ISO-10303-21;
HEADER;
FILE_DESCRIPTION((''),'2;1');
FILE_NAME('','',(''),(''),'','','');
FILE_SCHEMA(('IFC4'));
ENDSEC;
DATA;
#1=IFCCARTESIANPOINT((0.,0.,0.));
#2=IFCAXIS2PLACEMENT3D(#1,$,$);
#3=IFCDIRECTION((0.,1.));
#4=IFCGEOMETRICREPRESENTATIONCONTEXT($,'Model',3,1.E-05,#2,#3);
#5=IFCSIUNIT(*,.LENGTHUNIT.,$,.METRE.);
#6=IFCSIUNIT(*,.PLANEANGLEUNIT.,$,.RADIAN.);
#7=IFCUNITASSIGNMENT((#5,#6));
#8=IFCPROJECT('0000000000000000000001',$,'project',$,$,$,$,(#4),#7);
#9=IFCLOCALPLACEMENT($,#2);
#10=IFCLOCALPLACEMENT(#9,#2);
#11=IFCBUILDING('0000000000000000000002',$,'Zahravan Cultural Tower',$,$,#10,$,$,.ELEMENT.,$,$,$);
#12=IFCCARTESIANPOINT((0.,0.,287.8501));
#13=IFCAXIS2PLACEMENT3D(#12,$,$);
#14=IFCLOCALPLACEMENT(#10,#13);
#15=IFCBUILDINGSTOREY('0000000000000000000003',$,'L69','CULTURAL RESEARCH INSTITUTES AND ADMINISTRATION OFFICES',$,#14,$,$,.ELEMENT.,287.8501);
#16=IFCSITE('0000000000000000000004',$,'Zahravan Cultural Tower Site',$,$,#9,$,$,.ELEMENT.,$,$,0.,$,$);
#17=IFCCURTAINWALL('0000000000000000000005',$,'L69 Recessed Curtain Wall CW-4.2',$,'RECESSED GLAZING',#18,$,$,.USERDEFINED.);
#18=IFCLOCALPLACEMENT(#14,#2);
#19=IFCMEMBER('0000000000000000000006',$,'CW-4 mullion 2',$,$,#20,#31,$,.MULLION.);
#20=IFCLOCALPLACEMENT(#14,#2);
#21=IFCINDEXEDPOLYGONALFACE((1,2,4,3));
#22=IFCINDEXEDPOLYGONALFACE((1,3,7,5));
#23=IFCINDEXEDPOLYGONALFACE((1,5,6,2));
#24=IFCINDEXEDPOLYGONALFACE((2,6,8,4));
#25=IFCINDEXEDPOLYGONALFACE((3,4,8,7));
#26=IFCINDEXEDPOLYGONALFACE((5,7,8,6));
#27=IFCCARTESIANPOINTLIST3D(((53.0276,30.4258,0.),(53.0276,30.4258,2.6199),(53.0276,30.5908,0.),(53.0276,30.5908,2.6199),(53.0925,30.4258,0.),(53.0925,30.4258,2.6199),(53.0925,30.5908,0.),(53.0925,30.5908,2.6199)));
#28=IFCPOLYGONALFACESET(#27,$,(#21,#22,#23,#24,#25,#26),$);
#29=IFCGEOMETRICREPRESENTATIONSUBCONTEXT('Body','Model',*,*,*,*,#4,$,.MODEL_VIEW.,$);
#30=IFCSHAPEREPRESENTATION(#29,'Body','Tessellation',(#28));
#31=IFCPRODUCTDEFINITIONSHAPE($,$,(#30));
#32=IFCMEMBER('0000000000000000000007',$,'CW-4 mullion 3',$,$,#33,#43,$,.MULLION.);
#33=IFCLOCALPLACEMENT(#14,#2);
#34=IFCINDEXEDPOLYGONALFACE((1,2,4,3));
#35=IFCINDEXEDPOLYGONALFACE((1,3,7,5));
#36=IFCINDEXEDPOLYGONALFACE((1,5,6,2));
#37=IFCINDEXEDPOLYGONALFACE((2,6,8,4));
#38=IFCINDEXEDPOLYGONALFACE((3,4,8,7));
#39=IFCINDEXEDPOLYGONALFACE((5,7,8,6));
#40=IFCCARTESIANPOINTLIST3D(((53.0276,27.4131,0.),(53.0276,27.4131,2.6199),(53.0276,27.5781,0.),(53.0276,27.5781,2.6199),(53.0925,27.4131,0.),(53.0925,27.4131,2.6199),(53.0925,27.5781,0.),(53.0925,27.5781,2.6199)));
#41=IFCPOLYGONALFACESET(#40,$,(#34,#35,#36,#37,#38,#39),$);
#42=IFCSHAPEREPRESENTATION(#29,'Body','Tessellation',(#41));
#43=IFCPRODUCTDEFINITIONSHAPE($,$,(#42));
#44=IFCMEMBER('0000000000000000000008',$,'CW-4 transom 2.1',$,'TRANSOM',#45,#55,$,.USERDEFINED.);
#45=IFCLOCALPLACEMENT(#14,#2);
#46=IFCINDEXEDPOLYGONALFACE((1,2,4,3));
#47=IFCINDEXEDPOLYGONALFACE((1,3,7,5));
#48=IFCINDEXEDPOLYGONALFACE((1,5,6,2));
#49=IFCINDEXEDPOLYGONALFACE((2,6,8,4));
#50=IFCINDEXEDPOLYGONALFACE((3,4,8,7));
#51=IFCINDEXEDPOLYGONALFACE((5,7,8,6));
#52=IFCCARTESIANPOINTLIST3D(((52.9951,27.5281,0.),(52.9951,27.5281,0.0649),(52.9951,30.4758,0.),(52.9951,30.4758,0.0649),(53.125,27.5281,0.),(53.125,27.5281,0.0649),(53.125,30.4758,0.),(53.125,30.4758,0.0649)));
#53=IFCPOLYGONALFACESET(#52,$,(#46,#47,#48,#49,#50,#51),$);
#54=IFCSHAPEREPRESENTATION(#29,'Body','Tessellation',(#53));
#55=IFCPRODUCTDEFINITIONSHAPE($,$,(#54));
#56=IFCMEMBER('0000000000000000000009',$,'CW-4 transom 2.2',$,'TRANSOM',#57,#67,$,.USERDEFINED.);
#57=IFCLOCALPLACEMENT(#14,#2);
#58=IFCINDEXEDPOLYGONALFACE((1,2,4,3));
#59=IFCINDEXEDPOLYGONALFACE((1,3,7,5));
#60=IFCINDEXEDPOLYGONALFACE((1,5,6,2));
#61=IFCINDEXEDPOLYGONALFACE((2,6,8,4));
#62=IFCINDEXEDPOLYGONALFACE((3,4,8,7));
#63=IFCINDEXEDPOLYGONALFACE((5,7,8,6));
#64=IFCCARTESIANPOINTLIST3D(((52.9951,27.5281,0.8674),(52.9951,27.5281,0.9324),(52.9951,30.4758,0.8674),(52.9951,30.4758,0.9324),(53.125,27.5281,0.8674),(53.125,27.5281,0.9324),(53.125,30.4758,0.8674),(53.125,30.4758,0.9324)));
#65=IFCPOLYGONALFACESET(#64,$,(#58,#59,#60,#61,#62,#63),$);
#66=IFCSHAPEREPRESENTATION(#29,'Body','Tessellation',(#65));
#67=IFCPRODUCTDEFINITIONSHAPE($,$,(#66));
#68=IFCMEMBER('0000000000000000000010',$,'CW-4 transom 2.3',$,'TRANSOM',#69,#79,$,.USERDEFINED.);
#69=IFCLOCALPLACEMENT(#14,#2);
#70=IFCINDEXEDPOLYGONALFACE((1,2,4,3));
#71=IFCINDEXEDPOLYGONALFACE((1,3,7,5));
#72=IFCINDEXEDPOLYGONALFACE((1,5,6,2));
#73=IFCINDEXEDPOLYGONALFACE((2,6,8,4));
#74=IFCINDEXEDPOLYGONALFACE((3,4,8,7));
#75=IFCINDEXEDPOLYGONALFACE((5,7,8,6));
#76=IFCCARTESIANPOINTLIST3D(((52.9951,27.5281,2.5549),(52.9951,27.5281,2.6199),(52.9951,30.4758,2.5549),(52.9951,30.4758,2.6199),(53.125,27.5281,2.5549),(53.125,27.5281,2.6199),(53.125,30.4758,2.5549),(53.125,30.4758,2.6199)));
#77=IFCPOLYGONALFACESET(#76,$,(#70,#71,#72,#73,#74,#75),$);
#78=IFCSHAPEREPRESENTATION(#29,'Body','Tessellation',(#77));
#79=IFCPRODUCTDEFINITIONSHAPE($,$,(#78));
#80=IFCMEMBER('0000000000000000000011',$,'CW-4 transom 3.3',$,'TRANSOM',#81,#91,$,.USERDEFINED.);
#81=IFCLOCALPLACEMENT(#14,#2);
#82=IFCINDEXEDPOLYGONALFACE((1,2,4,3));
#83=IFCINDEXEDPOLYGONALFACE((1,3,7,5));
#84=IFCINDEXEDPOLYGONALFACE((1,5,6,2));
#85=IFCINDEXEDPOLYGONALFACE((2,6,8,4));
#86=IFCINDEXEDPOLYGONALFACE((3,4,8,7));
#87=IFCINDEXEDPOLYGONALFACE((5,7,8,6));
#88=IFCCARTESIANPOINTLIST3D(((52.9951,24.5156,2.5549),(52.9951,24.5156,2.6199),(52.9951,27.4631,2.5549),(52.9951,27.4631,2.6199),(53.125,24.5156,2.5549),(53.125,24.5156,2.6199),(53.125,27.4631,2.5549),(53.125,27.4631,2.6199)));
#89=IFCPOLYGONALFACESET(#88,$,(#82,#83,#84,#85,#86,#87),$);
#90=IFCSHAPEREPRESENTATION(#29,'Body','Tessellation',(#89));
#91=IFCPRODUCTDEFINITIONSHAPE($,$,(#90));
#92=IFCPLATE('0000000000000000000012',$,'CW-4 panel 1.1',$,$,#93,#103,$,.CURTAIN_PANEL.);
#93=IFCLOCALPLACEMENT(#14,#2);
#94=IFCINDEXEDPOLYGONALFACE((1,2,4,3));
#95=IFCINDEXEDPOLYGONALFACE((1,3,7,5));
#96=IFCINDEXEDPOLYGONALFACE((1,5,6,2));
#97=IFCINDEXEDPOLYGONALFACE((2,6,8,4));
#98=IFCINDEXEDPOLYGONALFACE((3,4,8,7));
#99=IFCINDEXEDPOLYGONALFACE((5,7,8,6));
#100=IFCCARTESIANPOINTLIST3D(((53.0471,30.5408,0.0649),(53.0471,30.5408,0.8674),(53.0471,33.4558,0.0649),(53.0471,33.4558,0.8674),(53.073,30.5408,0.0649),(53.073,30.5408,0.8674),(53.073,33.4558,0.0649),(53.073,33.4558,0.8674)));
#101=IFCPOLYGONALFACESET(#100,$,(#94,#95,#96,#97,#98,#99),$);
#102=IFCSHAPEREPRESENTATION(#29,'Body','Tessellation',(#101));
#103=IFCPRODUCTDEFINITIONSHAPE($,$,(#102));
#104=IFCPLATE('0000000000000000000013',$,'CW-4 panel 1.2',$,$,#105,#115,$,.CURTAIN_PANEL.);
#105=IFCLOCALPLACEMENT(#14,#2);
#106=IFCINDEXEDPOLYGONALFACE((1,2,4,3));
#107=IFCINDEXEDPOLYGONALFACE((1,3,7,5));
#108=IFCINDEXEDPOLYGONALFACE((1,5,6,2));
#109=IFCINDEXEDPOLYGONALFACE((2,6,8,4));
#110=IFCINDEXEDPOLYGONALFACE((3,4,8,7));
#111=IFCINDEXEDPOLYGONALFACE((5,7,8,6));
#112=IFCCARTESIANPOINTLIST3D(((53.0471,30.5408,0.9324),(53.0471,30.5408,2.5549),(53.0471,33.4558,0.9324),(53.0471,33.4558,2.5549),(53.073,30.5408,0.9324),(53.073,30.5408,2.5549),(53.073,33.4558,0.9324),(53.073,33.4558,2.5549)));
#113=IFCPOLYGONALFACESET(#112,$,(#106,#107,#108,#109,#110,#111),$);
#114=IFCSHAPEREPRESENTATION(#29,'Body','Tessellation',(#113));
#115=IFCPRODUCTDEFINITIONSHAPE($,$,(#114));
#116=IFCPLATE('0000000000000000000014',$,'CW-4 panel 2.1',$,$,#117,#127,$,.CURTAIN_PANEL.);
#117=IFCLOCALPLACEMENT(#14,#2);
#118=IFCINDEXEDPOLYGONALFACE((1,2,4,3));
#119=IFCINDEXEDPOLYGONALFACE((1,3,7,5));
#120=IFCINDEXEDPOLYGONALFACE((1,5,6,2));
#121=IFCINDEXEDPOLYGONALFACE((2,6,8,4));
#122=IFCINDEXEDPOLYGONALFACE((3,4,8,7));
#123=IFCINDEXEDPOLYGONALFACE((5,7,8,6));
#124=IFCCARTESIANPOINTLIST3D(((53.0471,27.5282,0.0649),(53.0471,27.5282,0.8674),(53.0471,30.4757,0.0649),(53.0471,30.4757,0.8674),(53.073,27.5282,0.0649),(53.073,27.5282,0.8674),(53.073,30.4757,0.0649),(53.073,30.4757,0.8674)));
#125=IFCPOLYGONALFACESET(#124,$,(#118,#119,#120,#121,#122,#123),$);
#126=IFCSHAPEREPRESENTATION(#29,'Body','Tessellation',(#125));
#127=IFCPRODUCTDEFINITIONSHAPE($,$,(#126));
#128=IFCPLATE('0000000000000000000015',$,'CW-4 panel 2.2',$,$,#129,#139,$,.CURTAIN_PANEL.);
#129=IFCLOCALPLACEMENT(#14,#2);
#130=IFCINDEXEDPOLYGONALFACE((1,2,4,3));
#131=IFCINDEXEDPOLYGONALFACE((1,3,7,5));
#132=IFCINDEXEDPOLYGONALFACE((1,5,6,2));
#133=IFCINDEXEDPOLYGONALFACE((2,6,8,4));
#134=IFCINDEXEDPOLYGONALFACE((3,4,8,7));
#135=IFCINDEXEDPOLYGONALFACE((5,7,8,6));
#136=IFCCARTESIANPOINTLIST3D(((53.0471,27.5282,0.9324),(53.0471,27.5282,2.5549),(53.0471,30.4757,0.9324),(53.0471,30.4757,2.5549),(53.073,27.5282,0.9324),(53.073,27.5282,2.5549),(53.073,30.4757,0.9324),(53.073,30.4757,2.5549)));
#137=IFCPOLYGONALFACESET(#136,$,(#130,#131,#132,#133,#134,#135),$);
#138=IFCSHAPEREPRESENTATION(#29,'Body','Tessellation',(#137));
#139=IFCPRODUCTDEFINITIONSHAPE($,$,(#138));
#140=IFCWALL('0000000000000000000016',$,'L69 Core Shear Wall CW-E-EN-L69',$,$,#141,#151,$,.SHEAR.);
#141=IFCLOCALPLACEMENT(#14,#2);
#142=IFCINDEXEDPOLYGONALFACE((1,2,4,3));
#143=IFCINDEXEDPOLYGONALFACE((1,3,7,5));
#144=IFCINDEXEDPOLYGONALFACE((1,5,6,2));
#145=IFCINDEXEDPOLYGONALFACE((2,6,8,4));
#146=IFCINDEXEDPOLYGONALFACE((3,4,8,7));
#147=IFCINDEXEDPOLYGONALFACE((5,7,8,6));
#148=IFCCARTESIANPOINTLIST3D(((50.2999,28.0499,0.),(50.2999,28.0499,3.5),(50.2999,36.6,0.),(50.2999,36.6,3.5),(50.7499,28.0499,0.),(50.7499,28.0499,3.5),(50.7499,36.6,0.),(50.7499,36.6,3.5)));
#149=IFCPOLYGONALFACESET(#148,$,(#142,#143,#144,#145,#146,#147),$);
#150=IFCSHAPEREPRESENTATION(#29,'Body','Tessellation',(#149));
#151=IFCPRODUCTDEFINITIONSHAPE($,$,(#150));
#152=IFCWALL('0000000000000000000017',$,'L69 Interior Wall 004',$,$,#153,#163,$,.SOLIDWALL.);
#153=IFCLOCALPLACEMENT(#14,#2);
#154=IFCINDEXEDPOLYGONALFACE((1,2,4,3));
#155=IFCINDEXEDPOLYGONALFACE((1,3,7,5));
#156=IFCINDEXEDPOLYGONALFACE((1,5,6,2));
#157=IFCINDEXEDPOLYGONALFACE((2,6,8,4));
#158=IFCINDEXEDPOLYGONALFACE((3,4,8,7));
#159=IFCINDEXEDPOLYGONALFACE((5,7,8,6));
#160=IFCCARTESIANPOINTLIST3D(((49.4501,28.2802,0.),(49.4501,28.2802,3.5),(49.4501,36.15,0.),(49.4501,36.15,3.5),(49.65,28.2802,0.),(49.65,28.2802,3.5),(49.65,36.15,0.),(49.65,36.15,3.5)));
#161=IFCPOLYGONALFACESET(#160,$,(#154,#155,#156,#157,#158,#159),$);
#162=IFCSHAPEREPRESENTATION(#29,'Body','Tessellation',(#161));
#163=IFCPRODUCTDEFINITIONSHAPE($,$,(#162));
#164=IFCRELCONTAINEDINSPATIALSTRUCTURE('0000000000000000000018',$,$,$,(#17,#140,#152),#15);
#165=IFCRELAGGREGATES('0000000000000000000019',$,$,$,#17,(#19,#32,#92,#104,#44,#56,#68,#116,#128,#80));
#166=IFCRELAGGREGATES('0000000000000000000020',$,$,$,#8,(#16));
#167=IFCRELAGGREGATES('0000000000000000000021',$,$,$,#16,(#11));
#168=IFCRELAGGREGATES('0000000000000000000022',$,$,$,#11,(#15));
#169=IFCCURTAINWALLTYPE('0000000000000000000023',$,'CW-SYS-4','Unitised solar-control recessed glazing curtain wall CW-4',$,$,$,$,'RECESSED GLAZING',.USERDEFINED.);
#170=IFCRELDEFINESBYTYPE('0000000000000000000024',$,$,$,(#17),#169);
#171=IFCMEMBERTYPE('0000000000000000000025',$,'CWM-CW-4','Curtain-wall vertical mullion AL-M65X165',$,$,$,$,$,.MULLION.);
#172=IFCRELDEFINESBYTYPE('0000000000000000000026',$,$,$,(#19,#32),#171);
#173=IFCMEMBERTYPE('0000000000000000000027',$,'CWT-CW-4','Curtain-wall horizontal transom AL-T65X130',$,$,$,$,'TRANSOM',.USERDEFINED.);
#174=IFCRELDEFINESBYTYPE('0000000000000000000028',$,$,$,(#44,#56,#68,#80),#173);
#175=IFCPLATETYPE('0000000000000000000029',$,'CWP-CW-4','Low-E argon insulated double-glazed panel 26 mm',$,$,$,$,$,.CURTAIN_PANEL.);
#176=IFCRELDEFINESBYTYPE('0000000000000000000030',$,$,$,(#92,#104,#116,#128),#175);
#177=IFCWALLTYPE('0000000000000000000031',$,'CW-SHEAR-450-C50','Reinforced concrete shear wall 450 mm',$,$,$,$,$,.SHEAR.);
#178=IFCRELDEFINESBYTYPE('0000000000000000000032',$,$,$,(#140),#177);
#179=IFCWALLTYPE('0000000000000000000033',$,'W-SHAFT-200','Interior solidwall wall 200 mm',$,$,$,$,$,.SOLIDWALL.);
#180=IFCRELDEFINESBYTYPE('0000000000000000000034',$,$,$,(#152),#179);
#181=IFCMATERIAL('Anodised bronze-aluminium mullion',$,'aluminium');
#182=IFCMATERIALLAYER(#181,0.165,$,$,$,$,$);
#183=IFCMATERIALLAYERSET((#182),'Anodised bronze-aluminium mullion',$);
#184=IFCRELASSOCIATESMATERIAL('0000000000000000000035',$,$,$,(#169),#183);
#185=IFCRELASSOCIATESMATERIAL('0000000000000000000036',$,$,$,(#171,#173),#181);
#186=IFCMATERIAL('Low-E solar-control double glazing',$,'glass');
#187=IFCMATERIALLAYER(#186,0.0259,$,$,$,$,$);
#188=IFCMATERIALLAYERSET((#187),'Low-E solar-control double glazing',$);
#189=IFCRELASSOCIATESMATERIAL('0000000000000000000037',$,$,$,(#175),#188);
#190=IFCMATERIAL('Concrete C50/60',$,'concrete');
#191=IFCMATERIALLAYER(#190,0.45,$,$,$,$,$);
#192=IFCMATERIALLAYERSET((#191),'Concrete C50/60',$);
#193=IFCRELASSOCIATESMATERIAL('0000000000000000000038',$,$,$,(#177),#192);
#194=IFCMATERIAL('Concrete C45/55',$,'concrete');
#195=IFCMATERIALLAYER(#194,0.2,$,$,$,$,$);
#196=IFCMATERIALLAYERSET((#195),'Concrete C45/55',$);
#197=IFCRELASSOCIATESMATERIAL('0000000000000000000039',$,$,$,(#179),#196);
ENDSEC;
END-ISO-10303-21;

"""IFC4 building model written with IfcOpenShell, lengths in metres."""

from ifc_helpers import new_model, si_unit, direction, frame, frame_2d, origin, origin_2d, place, context, subcontext, project, spatial, rectangle, extrude, source, transform, mapped, material, layer, layer_set, material_profile, profile_set, type_object, element, aggregate, save


model = new_model("IFC4")

# Units and contexts
model_context = context("Model", 3, precision=1e-05, world=origin(), true_north=direction((0.0, 1.0)))
body_context = subcontext(model_context, "Body", "Model", "MODEL_VIEW")
ifc_project = project(units=[si_unit("LENGTHUNIT", "METRE"), si_unit("PLANEANGLEUNIT", "RADIAN")], contexts=[model_context])

# Site, building, storey
site_placement = place(None, origin())
site = spatial("IfcSite", under=ifc_project, at=site_placement, Name="Zahravan Cultural Tower Site", CompositionType="ELEMENT", RefElevation=0.0)
building_placement = place(site_placement, origin())
building = spatial("IfcBuilding", under=site, at=building_placement, Name="Zahravan Cultural Tower", CompositionType="ELEMENT")
storey_placement = place(building_placement, frame((0.0, 0.0, 287.8501)))
storey = spatial("IfcBuildingStorey", under=building, at=storey_placement, Name="L69", Description="CULTURAL RESEARCH INSTITUTES AND ADMINISTRATION OFFICES", CompositionType="ELEMENT", Elevation=287.8501)

# Curtain wall, members, plates
ifc_material_1 = material(Name="Anodised bronze-aluminium mullion", Category="aluminium")
ifc_layer_1 = layer(ifc_material_1, 0.165)
ifc_layer_set_1 = layer_set([ifc_layer_1], Name="Anodised bronze-aluminium mullion")
curtain_wall_type = type_object("IfcCurtainWallType", Name="CW-SYS-4", Description="Unitised solar-control recessed glazing curtain wall CW-4", ElementType="RECESSED GLAZING", PredefinedType="USERDEFINED", material=ifc_layer_set_1)
curtain_wall_placement = place(storey_placement, origin())
curtain_wall = element("IfcCurtainWall", 1, at=curtain_wall_placement, inside=storey, type_object=curtain_wall_type, Name="L69 Recessed Curtain Wall CW-4.2", ObjectType="RECESSED GLAZING", PredefinedType="USERDEFINED")
ifc_material_profile_1 = material_profile(ifc_material_1, rectangle(XDim=0.0649, YDim=0.165, at=origin_2d()), Name="AL-M65X165")
ifc_profile_set_1 = profile_set([ifc_material_profile_1], Name="Anodised bronze-aluminium mullion")
member_type_1 = type_object("IfcMemberType", Name="CWM-CW-4", Description="Curtain-wall vertical mullion AL-M65X165", PredefinedType="MULLION", material=ifc_profile_set_1)
shared_shape_1 = source(origin(), body_context, "Body", "SweptSolid", [
    extrude(rectangle(XDim=0.0649, YDim=0.165, at=origin_2d()), origin(), (0.0, 0.0, 1.0), 2.6199),
])
member_1_placement = place(storey_placement, frame((53.0601, 30.5083, 0.0), z_axis=(0.0, 0.0, 1.0), x_axis=(1.0, 0.0, 0.0)))
member_1 = element("IfcMember", 2, at=member_1_placement, type_object=member_type_1, Name="CW-4 mullion 2", PredefinedType="MULLION", context=body_context, shape_type="MappedRepresentation", body=[
    mapped(shared_shape_1, transform((0.0, 0.0, 0.0), x_axis=(1.0, 0.0, 0.0), y_axis=(0.0, 1.0, 0.0), z_axis=(0.0, 0.0, 1.0), scale=1.0)),
])
member_2_placement = place(storey_placement, frame((53.0601, 27.4956, 0.0), z_axis=(0.0, 0.0, 1.0), x_axis=(1.0, 0.0, 0.0)))
member_2 = element("IfcMember", 3, at=member_2_placement, type_object=member_type_1, Name="CW-4 mullion 3", PredefinedType="MULLION", context=body_context, shape_type="MappedRepresentation", body=[
    mapped(shared_shape_1, transform((0.0, 0.0, 0.0), x_axis=(1.0, 0.0, 0.0), y_axis=(0.0, 1.0, 0.0), z_axis=(0.0, 0.0, 1.0), scale=1.0)),
])
ifc_material_profile_2 = material_profile(ifc_material_1, rectangle(XDim=0.1299, YDim=0.0649, at=origin_2d()), Name="AL-T65X130")
ifc_profile_set_2 = profile_set([ifc_material_profile_2], Name="Anodised bronze-aluminium mullion")
member_type_2 = type_object("IfcMemberType", Name="CWT-CW-4", Description="Curtain-wall horizontal transom AL-T65X130", ElementType="TRANSOM", PredefinedType="USERDEFINED", material=ifc_profile_set_2)
shared_shape_2 = source(origin(), body_context, "Body", "SweptSolid", [
    extrude(rectangle(XDim=0.1299, YDim=0.0649, at=origin_2d()), origin(), (0.0, 0.0, 1.0), 2.9478),
])
member_3_placement = place(storey_placement, frame((53.0601, 30.4758, 0.0325), z_axis=(0.0, -1.0, 0.0), x_axis=(1.0, 0.0, 0.0)))
member_3 = element("IfcMember", 4, at=member_3_placement, type_object=member_type_2, Name="CW-4 transom 2.1", ObjectType="TRANSOM", PredefinedType="USERDEFINED", context=body_context, shape_type="MappedRepresentation", body=[
    mapped(shared_shape_2, transform((0.0, 0.0, 0.0), x_axis=(1.0, 0.0, 0.0), y_axis=(0.0, 1.0, 0.0), z_axis=(0.0, 0.0, 1.0), scale=1.0)),
])
member_4_placement = place(storey_placement, frame((53.0601, 30.4758, 0.8999), z_axis=(0.0, -1.0, 0.0), x_axis=(1.0, 0.0, 0.0)))
member_4 = element("IfcMember", 5, at=member_4_placement, type_object=member_type_2, Name="CW-4 transom 2.2", ObjectType="TRANSOM", PredefinedType="USERDEFINED", context=body_context, shape_type="MappedRepresentation", body=[
    mapped(shared_shape_2, transform((0.0, 0.0, 0.0), x_axis=(1.0, 0.0, 0.0), y_axis=(0.0, 1.0, 0.0), z_axis=(0.0, 0.0, 1.0), scale=1.0)),
])
member_5_placement = place(storey_placement, frame((53.0601, 30.4758, 2.5874), z_axis=(0.0, -1.0, 0.0), x_axis=(1.0, 0.0, 0.0)))
member_5 = element("IfcMember", 6, at=member_5_placement, type_object=member_type_2, Name="CW-4 transom 2.3", ObjectType="TRANSOM", PredefinedType="USERDEFINED", context=body_context, shape_type="MappedRepresentation", body=[
    mapped(shared_shape_2, transform((0.0, 0.0, 0.0), x_axis=(1.0, 0.0, 0.0), y_axis=(0.0, 1.0, 0.0), z_axis=(0.0, 0.0, 1.0), scale=1.0)),
])
shared_shape_3 = source(origin(), body_context, "Body", "SweptSolid", [
    extrude(rectangle(XDim=0.1299, YDim=0.0649, at=origin_2d()), origin(), (0.0, 0.0, 1.0), 2.9475),
])
member_6_placement = place(storey_placement, frame((53.0601, 27.4631, 2.5874), z_axis=(0.0, -1.0, 0.0), x_axis=(1.0, 0.0, 0.0)))
member_6 = element("IfcMember", 7, at=member_6_placement, type_object=member_type_2, Name="CW-4 transom 3.3", ObjectType="TRANSOM", PredefinedType="USERDEFINED", context=body_context, shape_type="MappedRepresentation", body=[
    mapped(shared_shape_3, transform((0.0, 0.0, 0.0), x_axis=(1.0, 0.0, 0.0), y_axis=(0.0, 1.0, 0.0), z_axis=(0.0, 0.0, 1.0), scale=1.0)),
])
ifc_material_2 = material(Name="Low-E solar-control double glazing", Category="glass")
ifc_layer_2 = layer(ifc_material_2, 0.0259)
ifc_layer_set_2 = layer_set([ifc_layer_2], Name="Low-E solar-control double glazing")
plate_type = type_object("IfcPlateType", Name="CWP-CW-4", Description="Low-E argon insulated double-glazed panel 26 mm", PredefinedType="CURTAIN_PANEL", material=ifc_layer_set_2)
shared_shape_4 = source(origin(), body_context, "Body", "SweptSolid", [
    extrude(rectangle(XDim=2.915, YDim=0.0259, at=origin_2d()), origin(), (0.0, 0.0, 1.0), 0.8025),
])
plate_1_placement = place(storey_placement, frame((53.0601, 31.9983, 0.0649), z_axis=(0.0, 0.0, 1.0), x_axis=(0.0, -1.0, 0.0)))
plate_1 = element("IfcPlate", 8, at=plate_1_placement, type_object=plate_type, Name="CW-4 panel 1.1", PredefinedType="CURTAIN_PANEL", context=body_context, shape_type="MappedRepresentation", body=[
    mapped(shared_shape_4, transform((0.0, 0.0, 0.0), x_axis=(1.0, 0.0, 0.0), y_axis=(0.0, 1.0, 0.0), z_axis=(0.0, 0.0, 1.0), scale=1.0)),
])
shared_shape_5 = source(origin(), body_context, "Body", "SweptSolid", [
    extrude(rectangle(XDim=2.915, YDim=0.0259, at=origin_2d()), origin(), (0.0, 0.0, 1.0), 1.6226),
])
plate_2_placement = place(storey_placement, frame((53.0601, 31.9983, 0.9324), z_axis=(0.0, 0.0, 1.0), x_axis=(0.0, -1.0, 0.0)))
plate_2 = element("IfcPlate", 9, at=plate_2_placement, type_object=plate_type, Name="CW-4 panel 1.2", PredefinedType="CURTAIN_PANEL", context=body_context, shape_type="MappedRepresentation", body=[
    mapped(shared_shape_5, transform((0.0, 0.0, 0.0), x_axis=(1.0, 0.0, 0.0), y_axis=(0.0, 1.0, 0.0), z_axis=(0.0, 0.0, 1.0), scale=1.0)),
])
shared_shape_6 = source(origin(), body_context, "Body", "SweptSolid", [
    extrude(rectangle(XDim=2.9475, YDim=0.0259, at=origin_2d()), origin(), (0.0, 0.0, 1.0), 0.8025),
])
plate_3_placement = place(storey_placement, frame((53.0601, 29.002, 0.0649), z_axis=(0.0, 0.0, 1.0), x_axis=(0.0, -1.0, 0.0)))
plate_3 = element("IfcPlate", 10, at=plate_3_placement, type_object=plate_type, Name="CW-4 panel 2.1", PredefinedType="CURTAIN_PANEL", context=body_context, shape_type="MappedRepresentation", body=[
    mapped(shared_shape_6, transform((0.0, 0.0, 0.0), x_axis=(1.0, 0.0, 0.0), y_axis=(0.0, 1.0, 0.0), z_axis=(0.0, 0.0, 1.0), scale=1.0)),
])
shared_shape_7 = source(origin(), body_context, "Body", "SweptSolid", [
    extrude(rectangle(XDim=2.9475, YDim=0.0259, at=origin_2d()), origin(), (0.0, 0.0, 1.0), 1.6226),
])
plate_4_placement = place(storey_placement, frame((53.0601, 29.002, 0.9324), z_axis=(0.0, 0.0, 1.0), x_axis=(0.0, -1.0, 0.0)))
plate_4 = element("IfcPlate", 11, at=plate_4_placement, type_object=plate_type, Name="CW-4 panel 2.2", PredefinedType="CURTAIN_PANEL", context=body_context, shape_type="MappedRepresentation", body=[
    mapped(shared_shape_7, transform((0.0, 0.0, 0.0), x_axis=(1.0, 0.0, 0.0), y_axis=(0.0, 1.0, 0.0), z_axis=(0.0, 0.0, 1.0), scale=1.0)),
])
aggregate(curtain_wall, [member_1, member_2, plate_1, plate_2, member_3, member_4, member_5, plate_3, plate_4, member_6])

# Walls
ifc_material_3 = material(Name="Concrete C50/60", Category="concrete")
ifc_layer_3 = layer(ifc_material_3, 0.45)
ifc_layer_set_3 = layer_set([ifc_layer_3], Name="Concrete C50/60")
wall_type_1 = type_object("IfcWallType", Name="CW-SHEAR-450-C50", Description="Reinforced concrete shear wall 450 mm", PredefinedType="SHEAR", material=ifc_layer_set_3)
shared_shape_8 = source(origin(), body_context, "Body", "SweptSolid", [
    extrude(rectangle(XDim=8.55, YDim=0.45, at=frame_2d((4.2749, 0.0))), origin(), (0.0, 0.0, 1.0), 3.5),
])
wall_1_placement = place(storey_placement, frame((50.5249, 28.05, 0.0), z_axis=(0.0, 0.0, 1.0), x_axis=(0.0, 1.0, 0.0)))
element("IfcWall", 12, at=wall_1_placement, inside=storey, type_object=wall_type_1, Name="L69 Core Shear Wall CW-E-EN-L69", PredefinedType="SHEAR", context=body_context, shape_type="MappedRepresentation", body=[
    mapped(shared_shape_8, transform((0.0, 0.0, 0.0), x_axis=(1.0, 0.0, 0.0), y_axis=(0.0, 1.0, 0.0), z_axis=(0.0, 0.0, 1.0), scale=1.0)),
])
ifc_material_4 = material(Name="Concrete C45/55", Category="concrete")
ifc_layer_4 = layer(ifc_material_4, 0.2)
ifc_layer_set_4 = layer_set([ifc_layer_4], Name="Concrete C45/55")
wall_type_2 = type_object("IfcWallType", Name="W-SHAFT-200", Description="Interior solidwall wall 200 mm", PredefinedType="SOLIDWALL", material=ifc_layer_set_4)
shared_shape_9 = source(origin(), body_context, "Body", "SweptSolid", [
    extrude(rectangle(XDim=7.8699, YDim=0.2, at=frame_2d((3.9351, 0.0))), origin(), (0.0, 0.0, 1.0), 3.5),
])
wall_2_placement = place(storey_placement, frame((49.55, 28.28, 0.0), z_axis=(0.0, 0.0, 1.0), x_axis=(0.0, 1.0, 0.0)))
element("IfcWall", 13, at=wall_2_placement, inside=storey, type_object=wall_type_2, Name="L69 Interior Wall 004", PredefinedType="SOLIDWALL", context=body_context, shape_type="MappedRepresentation", body=[
    mapped(shared_shape_9, transform((0.0, 0.0, 0.0), x_axis=(1.0, 0.0, 0.0), y_axis=(0.0, 1.0, 0.0), z_axis=(0.0, 0.0, 1.0), scale=1.0)),
])

save(model, "model.ifc")
